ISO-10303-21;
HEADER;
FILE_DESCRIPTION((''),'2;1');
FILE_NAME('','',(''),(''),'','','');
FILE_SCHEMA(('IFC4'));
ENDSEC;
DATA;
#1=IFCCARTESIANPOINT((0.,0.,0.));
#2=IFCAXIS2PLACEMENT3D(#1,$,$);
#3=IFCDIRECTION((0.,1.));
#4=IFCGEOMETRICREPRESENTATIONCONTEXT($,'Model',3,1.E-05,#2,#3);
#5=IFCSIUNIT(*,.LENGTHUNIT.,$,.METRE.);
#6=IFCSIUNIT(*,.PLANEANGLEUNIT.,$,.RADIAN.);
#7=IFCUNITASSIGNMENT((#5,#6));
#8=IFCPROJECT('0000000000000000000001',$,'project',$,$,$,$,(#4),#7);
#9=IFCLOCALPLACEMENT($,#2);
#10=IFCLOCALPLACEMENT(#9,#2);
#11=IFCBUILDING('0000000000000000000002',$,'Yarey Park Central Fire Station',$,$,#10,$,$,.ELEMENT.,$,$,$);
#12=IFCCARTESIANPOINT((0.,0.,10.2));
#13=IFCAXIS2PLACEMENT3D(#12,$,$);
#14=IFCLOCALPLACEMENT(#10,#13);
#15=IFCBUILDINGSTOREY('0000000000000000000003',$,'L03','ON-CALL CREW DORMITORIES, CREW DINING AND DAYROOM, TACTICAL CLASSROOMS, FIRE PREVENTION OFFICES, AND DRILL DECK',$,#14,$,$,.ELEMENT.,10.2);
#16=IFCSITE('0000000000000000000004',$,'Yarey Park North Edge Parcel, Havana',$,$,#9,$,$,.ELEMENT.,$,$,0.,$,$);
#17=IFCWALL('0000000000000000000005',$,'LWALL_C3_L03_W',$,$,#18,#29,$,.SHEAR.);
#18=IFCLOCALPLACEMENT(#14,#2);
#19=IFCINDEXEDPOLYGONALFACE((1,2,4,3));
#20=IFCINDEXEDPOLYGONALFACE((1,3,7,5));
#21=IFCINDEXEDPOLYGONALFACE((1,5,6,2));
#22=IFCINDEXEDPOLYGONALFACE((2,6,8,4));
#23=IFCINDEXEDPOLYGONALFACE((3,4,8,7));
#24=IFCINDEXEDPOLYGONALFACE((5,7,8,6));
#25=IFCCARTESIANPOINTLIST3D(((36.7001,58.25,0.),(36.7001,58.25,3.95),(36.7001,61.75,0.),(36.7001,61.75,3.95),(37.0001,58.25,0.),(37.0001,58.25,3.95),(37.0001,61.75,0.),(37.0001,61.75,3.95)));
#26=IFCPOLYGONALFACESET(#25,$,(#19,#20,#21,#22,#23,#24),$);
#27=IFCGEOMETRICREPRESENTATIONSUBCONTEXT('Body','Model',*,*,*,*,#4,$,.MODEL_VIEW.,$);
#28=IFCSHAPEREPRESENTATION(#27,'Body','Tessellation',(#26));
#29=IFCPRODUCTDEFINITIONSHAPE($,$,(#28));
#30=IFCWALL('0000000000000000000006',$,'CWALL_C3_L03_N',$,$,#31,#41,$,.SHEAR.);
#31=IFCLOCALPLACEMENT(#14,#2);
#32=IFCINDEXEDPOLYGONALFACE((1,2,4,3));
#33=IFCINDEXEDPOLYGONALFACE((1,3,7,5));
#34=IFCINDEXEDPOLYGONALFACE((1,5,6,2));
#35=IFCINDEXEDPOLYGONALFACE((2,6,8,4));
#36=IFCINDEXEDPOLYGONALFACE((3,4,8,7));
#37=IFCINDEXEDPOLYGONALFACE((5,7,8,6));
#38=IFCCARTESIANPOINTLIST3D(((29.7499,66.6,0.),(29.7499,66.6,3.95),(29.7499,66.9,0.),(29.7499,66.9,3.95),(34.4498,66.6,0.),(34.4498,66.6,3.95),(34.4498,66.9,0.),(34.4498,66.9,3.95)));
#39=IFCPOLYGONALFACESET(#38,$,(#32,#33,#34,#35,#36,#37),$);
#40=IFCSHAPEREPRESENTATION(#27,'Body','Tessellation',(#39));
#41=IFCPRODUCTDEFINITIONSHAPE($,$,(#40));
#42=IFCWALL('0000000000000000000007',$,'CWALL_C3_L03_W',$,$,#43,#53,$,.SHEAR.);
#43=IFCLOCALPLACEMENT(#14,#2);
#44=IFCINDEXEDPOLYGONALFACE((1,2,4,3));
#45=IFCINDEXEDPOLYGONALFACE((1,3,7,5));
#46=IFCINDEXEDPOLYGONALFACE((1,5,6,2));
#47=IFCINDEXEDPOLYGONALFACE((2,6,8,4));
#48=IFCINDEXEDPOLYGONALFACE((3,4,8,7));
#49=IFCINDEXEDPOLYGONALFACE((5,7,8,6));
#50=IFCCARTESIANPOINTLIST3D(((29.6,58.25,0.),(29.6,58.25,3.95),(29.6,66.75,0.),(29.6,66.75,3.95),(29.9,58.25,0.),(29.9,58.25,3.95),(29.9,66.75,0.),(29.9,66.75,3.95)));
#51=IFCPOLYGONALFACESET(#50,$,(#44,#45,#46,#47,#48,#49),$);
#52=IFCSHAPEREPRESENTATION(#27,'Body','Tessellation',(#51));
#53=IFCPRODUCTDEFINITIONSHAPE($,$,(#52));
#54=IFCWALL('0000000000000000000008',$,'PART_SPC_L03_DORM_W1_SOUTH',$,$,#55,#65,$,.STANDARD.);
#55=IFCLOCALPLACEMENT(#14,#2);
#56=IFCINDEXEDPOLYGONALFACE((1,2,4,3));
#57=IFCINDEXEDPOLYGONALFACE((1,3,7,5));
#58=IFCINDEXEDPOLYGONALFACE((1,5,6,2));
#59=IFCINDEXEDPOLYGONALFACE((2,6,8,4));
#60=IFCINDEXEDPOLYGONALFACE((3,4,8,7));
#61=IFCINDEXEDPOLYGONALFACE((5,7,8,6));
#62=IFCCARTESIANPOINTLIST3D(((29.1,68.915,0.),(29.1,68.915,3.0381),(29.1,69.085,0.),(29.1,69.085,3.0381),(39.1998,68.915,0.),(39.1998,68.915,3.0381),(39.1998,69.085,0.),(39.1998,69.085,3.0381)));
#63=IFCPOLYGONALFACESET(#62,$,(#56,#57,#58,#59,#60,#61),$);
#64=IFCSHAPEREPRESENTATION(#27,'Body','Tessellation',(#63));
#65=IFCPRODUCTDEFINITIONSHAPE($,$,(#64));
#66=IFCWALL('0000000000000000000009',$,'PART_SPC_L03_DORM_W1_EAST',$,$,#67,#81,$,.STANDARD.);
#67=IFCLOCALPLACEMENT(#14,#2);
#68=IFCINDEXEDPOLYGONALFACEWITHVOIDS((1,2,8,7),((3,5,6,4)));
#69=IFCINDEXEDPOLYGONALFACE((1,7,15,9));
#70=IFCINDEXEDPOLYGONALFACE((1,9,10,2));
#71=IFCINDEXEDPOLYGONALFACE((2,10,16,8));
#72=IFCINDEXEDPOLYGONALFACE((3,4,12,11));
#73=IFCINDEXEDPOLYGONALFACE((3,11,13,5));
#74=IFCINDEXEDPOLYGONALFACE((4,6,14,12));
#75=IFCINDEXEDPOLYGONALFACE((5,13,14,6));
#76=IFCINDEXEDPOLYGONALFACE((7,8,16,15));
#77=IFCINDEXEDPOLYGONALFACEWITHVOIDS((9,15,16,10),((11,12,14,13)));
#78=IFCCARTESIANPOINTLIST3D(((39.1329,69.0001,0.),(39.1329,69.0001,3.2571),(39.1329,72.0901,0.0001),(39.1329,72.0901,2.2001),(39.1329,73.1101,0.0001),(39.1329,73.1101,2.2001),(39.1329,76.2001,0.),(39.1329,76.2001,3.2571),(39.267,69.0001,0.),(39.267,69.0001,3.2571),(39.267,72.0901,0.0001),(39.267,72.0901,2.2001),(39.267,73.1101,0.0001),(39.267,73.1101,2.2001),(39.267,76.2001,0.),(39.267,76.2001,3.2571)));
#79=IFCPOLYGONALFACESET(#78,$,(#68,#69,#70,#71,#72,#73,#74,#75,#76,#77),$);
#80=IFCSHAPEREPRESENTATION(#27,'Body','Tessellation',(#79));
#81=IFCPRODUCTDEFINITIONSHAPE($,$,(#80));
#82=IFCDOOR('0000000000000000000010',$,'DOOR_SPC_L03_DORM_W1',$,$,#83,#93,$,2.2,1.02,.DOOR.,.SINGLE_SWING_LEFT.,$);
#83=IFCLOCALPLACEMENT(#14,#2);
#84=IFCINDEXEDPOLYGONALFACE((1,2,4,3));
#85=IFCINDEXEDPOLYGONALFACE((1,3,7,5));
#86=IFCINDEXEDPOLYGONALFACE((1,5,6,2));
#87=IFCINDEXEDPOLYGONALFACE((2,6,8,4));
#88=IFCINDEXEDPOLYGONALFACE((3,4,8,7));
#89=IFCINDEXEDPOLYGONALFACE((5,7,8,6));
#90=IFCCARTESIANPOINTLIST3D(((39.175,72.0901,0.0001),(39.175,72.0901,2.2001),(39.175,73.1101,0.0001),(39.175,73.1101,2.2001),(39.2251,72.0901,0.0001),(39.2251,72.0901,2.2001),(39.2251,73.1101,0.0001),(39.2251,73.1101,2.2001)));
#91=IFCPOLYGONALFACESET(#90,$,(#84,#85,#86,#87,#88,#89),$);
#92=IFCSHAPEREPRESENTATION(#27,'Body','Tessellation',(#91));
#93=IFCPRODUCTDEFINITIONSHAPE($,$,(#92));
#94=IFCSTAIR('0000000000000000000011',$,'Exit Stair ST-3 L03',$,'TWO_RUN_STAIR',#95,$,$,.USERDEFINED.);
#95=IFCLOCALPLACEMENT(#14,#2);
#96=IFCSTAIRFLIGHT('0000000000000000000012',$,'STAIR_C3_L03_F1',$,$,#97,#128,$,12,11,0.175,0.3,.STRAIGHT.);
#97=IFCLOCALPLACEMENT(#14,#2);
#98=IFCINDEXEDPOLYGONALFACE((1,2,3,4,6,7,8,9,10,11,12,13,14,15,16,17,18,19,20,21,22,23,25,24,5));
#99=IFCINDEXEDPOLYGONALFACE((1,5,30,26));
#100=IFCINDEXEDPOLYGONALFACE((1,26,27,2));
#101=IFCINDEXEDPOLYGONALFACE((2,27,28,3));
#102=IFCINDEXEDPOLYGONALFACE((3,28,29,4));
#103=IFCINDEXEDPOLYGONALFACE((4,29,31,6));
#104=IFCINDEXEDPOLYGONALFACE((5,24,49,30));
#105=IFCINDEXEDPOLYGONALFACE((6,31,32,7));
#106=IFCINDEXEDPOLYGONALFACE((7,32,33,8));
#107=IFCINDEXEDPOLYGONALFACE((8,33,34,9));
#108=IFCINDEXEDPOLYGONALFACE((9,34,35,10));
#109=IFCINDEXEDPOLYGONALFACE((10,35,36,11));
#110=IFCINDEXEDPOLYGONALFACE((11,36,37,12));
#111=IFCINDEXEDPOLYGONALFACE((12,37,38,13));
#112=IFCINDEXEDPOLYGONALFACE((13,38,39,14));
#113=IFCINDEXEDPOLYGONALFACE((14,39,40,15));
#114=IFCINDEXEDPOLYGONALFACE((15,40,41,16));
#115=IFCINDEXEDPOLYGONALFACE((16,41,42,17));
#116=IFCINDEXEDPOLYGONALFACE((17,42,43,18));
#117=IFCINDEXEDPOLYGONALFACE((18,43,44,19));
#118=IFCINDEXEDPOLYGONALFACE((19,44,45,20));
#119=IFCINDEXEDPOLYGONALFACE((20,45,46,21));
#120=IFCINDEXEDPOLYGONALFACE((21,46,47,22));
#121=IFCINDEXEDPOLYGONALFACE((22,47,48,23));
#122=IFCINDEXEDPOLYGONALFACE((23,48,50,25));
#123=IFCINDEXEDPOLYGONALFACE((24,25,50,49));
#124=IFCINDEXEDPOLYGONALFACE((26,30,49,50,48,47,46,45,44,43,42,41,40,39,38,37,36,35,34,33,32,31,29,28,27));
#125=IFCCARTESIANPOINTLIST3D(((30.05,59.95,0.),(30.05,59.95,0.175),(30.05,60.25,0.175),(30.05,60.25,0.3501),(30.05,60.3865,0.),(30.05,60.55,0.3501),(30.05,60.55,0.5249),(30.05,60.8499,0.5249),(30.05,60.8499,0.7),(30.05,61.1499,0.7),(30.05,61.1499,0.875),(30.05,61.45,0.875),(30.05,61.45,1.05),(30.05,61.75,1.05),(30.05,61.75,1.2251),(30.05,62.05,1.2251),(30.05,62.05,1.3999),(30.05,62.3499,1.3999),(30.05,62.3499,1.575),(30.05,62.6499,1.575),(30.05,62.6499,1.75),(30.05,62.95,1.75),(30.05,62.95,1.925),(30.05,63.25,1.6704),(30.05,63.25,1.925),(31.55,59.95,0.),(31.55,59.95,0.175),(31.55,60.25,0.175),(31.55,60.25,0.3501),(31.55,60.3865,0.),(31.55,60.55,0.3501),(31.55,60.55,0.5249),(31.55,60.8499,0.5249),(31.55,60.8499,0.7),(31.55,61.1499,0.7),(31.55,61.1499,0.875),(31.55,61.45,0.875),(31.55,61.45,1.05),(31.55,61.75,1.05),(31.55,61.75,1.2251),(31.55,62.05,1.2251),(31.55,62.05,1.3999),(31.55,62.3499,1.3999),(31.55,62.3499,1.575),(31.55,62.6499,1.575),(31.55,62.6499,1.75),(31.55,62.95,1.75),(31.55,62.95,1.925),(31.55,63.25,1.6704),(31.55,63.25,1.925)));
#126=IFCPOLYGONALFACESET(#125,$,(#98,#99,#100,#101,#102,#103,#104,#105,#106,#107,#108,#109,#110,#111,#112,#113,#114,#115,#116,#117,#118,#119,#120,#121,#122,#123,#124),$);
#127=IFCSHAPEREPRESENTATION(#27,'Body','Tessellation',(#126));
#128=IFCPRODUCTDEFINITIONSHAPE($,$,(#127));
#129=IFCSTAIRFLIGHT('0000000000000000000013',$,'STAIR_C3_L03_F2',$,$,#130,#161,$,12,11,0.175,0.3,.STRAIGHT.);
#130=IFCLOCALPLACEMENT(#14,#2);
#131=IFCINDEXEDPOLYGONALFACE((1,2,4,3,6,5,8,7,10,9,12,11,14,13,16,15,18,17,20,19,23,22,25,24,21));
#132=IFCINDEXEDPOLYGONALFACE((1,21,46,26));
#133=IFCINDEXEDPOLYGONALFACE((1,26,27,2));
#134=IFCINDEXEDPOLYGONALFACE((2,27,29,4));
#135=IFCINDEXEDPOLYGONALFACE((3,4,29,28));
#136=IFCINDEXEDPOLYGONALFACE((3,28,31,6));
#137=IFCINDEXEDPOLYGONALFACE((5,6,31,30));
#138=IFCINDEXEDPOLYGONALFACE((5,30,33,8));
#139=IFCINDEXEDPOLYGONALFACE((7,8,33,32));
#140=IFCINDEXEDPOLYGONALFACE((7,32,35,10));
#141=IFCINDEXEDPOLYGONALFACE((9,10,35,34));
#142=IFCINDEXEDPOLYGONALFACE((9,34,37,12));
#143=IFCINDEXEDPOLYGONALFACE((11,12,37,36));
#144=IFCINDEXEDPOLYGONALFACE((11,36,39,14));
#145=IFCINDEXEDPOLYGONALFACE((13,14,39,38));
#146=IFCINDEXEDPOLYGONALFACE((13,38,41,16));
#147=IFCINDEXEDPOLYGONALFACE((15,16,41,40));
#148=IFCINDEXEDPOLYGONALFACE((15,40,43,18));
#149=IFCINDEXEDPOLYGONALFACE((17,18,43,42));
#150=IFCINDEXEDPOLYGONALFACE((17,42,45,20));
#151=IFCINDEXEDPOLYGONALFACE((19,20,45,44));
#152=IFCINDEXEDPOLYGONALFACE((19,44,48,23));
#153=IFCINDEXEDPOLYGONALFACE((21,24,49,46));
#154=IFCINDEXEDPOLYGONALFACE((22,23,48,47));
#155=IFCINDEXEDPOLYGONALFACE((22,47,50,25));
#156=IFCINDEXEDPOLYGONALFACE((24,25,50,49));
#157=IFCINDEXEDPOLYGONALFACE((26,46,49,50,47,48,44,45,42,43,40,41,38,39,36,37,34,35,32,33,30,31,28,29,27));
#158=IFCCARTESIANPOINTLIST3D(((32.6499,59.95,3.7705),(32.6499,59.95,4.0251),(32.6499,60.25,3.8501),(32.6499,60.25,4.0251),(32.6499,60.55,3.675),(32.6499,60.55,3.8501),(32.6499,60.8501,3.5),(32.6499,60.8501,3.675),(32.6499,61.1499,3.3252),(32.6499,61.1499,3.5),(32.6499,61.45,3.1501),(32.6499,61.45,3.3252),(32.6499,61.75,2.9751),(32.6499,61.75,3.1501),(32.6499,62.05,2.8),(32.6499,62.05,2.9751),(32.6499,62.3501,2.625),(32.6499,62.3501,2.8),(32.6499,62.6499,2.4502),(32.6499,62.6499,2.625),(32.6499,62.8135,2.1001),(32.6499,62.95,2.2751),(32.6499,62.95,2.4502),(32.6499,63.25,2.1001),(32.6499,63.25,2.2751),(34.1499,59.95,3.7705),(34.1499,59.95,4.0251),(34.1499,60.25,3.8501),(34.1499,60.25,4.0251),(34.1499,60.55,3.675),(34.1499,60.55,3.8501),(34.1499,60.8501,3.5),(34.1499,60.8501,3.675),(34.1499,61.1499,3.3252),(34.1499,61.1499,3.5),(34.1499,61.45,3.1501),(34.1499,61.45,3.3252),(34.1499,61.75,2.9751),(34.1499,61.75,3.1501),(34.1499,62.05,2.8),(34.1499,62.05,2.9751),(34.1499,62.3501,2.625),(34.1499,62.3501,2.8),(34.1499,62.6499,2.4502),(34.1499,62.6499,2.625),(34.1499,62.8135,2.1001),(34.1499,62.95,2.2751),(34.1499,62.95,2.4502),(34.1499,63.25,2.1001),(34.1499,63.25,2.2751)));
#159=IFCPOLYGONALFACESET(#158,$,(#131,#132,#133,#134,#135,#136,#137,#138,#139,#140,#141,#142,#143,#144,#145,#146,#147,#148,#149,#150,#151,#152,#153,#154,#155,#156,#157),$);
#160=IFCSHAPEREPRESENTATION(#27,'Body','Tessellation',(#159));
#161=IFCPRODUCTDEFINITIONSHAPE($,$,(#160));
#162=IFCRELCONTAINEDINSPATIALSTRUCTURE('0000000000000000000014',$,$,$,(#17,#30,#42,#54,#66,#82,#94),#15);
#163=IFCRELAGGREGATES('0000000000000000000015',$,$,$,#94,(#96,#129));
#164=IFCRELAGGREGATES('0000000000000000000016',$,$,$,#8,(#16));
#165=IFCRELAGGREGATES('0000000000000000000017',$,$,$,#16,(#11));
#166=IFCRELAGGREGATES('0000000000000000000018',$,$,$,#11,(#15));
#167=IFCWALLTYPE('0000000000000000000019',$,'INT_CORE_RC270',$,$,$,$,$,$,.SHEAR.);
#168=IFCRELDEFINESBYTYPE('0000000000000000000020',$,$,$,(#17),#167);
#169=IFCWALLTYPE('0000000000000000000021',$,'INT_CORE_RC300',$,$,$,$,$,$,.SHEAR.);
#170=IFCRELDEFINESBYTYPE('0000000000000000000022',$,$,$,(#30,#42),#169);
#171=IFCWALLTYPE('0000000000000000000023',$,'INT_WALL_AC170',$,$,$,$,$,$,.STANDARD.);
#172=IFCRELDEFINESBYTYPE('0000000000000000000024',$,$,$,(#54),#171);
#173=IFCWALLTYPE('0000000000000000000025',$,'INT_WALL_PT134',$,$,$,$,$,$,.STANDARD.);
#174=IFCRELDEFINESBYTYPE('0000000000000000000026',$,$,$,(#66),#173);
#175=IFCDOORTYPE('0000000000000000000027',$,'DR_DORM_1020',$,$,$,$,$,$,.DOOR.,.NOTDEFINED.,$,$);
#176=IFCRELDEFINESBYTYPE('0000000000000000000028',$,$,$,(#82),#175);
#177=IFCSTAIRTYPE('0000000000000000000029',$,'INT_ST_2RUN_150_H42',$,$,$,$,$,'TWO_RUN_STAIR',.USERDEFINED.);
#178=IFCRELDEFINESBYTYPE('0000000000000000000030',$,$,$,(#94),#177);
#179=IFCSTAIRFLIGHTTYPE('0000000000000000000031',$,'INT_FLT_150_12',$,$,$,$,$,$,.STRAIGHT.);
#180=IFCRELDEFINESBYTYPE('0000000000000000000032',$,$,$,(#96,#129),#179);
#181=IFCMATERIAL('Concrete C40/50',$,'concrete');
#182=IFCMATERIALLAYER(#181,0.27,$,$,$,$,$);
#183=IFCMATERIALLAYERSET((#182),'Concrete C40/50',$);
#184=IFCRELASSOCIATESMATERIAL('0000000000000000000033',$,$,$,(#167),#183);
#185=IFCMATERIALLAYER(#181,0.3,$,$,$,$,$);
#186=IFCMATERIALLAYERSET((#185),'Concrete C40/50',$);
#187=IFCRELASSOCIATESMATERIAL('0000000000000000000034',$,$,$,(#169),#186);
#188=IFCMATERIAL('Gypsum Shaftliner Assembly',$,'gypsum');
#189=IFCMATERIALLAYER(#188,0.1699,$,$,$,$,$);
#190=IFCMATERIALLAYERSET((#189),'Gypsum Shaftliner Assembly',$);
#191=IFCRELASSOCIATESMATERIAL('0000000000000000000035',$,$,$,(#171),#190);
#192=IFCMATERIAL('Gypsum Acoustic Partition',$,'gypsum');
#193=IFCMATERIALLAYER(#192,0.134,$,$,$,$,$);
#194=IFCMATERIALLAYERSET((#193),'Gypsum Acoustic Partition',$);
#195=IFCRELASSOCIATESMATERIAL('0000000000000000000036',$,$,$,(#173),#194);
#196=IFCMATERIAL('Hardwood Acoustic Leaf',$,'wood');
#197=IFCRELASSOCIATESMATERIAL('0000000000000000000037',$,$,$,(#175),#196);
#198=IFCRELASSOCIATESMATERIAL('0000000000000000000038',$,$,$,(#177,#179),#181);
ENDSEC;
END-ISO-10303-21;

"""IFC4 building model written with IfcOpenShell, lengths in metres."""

from ifc_helpers import new_model, si_unit, direction, frame, frame_2d, origin, place, context, subcontext, project, spatial, polyline, rectangle, outline, extrude, material, layer, layer_set, type_object, element, fill, aggregate, save


model = new_model("IFC4")

# Units and contexts
model_context = context("Model", 3, precision=1e-05, world=origin(), true_north=direction((0.0, 1.0)))
body_context = subcontext(model_context, "Body", "Model", "MODEL_VIEW")
ifc_project = project(units=[si_unit("LENGTHUNIT", "METRE"), si_unit("PLANEANGLEUNIT", "RADIAN")], contexts=[model_context])

# Site, building, storey
site_placement = place(None, origin())
site = spatial("IfcSite", under=ifc_project, at=site_placement, Name="Yarey Park North Edge Parcel, Havana", CompositionType="ELEMENT", RefElevation=0.0)
building_placement = place(site_placement, origin())
building = spatial("IfcBuilding", under=site, at=building_placement, Name="Yarey Park Central Fire Station", CompositionType="ELEMENT")
storey_placement = place(building_placement, frame((0.0, 0.0, 10.2)))
storey = spatial("IfcBuildingStorey", under=building, at=storey_placement, Name="L03", Description="ON-CALL CREW DORMITORIES, CREW DINING AND DAYROOM, TACTICAL CLASSROOMS, FIRE PREVENTION OFFICES, AND DRILL DECK", CompositionType="ELEMENT", Elevation=10.2)

# Walls
ifc_material_1 = material(Name="Concrete C40/50", Category="concrete")
ifc_layer_1 = layer(ifc_material_1, 0.27)
ifc_layer_set_1 = layer_set([ifc_layer_1], Name="Concrete C40/50")
wall_type_1 = type_object("IfcWallType", Name="INT_CORE_RC270", PredefinedType="SHEAR", material=ifc_layer_set_1)
wall_1_placement = place(storey_placement, frame((36.8501, 61.75, 0.0), z_axis=(0.0, 0.0, 1.0), x_axis=(0.0, -1.0, 0.0)))
element("IfcWall", 1, at=wall_1_placement, inside=storey, type_object=wall_type_1, Name="LWALL_C3_L03_W", PredefinedType="SHEAR", context=body_context, shape_type="SweptSolid", body=[
    extrude(rectangle(XDim=3.5, YDim=0.3, at=frame_2d((1.75, 0.0))), origin(), (0.0, 0.0, 1.0), 3.95),
])
ifc_layer_2 = layer(ifc_material_1, 0.3)
ifc_layer_set_2 = layer_set([ifc_layer_2], Name="Concrete C40/50")
wall_type_2 = type_object("IfcWallType", Name="INT_CORE_RC300", PredefinedType="SHEAR", material=ifc_layer_set_2)
wall_2_placement = place(storey_placement, frame((34.45, 66.75, 0.0), z_axis=(0.0, 0.0, 1.0), x_axis=(-1.0, 0.0, 0.0)))
element("IfcWall", 2, at=wall_2_placement, inside=storey, type_object=wall_type_2, Name="CWALL_C3_L03_N", PredefinedType="SHEAR", context=body_context, shape_type="SweptSolid", body=[
    extrude(rectangle(XDim=4.7, YDim=0.3, at=frame_2d((2.3501, 0.0))), origin(), (0.0, 0.0, 1.0), 3.95),
])
wall_3_placement = place(storey_placement, frame((29.75, 66.75, 0.0), z_axis=(0.0, 0.0, 1.0), x_axis=(0.0, -1.0, 0.0)))
element("IfcWall", 3, at=wall_3_placement, inside=storey, type_object=wall_type_2, Name="CWALL_C3_L03_W", PredefinedType="SHEAR", context=body_context, shape_type="SweptSolid", body=[
    extrude(rectangle(XDim=8.5, YDim=0.3, at=frame_2d((4.25, 0.0))), origin(), (0.0, 0.0, 1.0), 3.95),
])
ifc_material_2 = material(Name="Gypsum Shaftliner Assembly", Category="gypsum")
ifc_layer_3 = layer(ifc_material_2, 0.1699)
ifc_layer_set_3 = layer_set([ifc_layer_3], Name="Gypsum Shaftliner Assembly")
wall_type_3 = type_object("IfcWallType", Name="INT_WALL_AC170", PredefinedType="STANDARD", material=ifc_layer_set_3)
wall_4_placement = place(storey_placement, frame((29.1001, 69.0, 0.0), z_axis=(0.0, 0.0, 1.0), x_axis=(1.0, 0.0, 0.0)))
element("IfcWall", 4, at=wall_4_placement, inside=storey, type_object=wall_type_3, Name="PART_SPC_L03_DORM_W1_SOUTH", PredefinedType="STANDARD", context=body_context, shape_type="SweptSolid", body=[
    extrude(rectangle(XDim=10.0999, YDim=0.1699, at=frame_2d((5.0498, 0.0))), origin(), (0.0, 0.0, 1.0), 3.0381),
])

# Wall, opening, door
ifc_material_3 = material(Name="Gypsum Acoustic Partition", Category="gypsum")
ifc_layer_4 = layer(ifc_material_3, 0.134)
ifc_layer_set_4 = layer_set([ifc_layer_4], Name="Gypsum Acoustic Partition")
wall_type_4 = type_object("IfcWallType", Name="INT_WALL_PT134", PredefinedType="STANDARD", material=ifc_layer_set_4)
wall_5_placement = place(storey_placement, frame((39.2, 69.0, 0.0), z_axis=(0.0, 0.0, 1.0), x_axis=(0.0, 1.0, 0.0)))
wall_5 = element("IfcWall", 5, at=wall_5_placement, inside=storey, type_object=wall_type_4, Name="PART_SPC_L03_DORM_W1_EAST", PredefinedType="STANDARD", context=body_context, shape_type="SweptSolid", body=[
    extrude(rectangle(XDim=7.2, YDim=0.134, at=frame_2d((3.6001, 0.0))), origin(), (0.0, 0.0, 1.0), 3.2571),
])
opening_placement = place(wall_5_placement, frame((3.0901, 0.0, 0.0)))
opening = element("IfcOpeningElement", 6, at=opening_placement, cuts=wall_5, PredefinedType="OPENING", context=body_context, shape_type="SweptSolid", body=[
    extrude(rectangle(XDim=1.02, YDim=2.2, at=frame_2d((0.51, 1.1001))), frame((0.0, 0.0769, 0.0), z_axis=(0.0, -1.0, 0.0), x_axis=(1.0, 0.0, 0.0)), (0.0, 0.0, 1.0), 0.1541),
])
ifc_material_4 = material(Name="Hardwood Acoustic Leaf", Category="wood")
door_type = type_object("IfcDoorType", Name="DR_DORM_1020", OperationType="NOTDEFINED", PredefinedType="DOOR", material=ifc_material_4)
door_placement = place(opening_placement, origin())
door = element("IfcDoor", 7, at=door_placement, inside=storey, type_object=door_type, Name="DOOR_SPC_L03_DORM_W1", OperationType="SINGLE_SWING_LEFT", OverallHeight=2.2, OverallWidth=1.02, PredefinedType="DOOR", context=body_context, shape_type="SweptSolid", body=[
    extrude(rectangle(XDim=1.02, YDim=2.2, at=frame_2d((0.51, 1.1001))), frame((0.0, 0.0249, 0.0), z_axis=(0.0, -1.0, 0.0), x_axis=(1.0, 0.0, 0.0)), (0.0, 0.0, 1.0), 0.05),
])
fill(opening, door)

# Stair, stair flights
stair_type = type_object("IfcStairType", Name="INT_ST_2RUN_150_H42", ElementType="TWO_RUN_STAIR", PredefinedType="USERDEFINED", material=ifc_material_1)
stair_placement = place(storey_placement, origin())
stair = element("IfcStair", 8, at=stair_placement, inside=storey, type_object=stair_type, Name="Exit Stair ST-3 L03", ObjectType="TWO_RUN_STAIR", PredefinedType="USERDEFINED")
stair_flight_type = type_object("IfcStairFlightType", Name="INT_FLT_150_12", PredefinedType="STRAIGHT", material=ifc_material_1)
stair_flight_1_placement = place(storey_placement, frame((30.8, 59.95, 0.0), z_axis=(0.0, 0.0, 1.0), x_axis=(0.0, 1.0, 0.0)))
stair_flight_1 = element("IfcStairFlight", 9, at=stair_flight_1_placement, type_object=stair_flight_type, Name="STAIR_C3_L03_F1", NumberOfRisers=12, NumberOfTreads=11, PredefinedType="STRAIGHT", RiserHeight=0.175, TreadLength=0.3, context=body_context, shape_type="SweptSolid", body=[
    extrude(outline(polyline([(0.0, 0.0), (0.0, 0.175), (0.3, 0.175), (0.3, 0.3501), (0.6001, 0.3501), (0.6001, 0.5249), (0.8999, 0.5249), (0.8999, 0.7), (1.2, 0.7), (1.2, 0.875), (1.5, 0.875), (1.5, 1.05), (1.8, 1.05), (1.8, 1.2251), (2.1001, 1.2251), (2.1001, 1.3999), (2.3999, 1.3999), (2.3999, 1.575), (2.7, 1.575), (2.7, 1.75), (3.0, 1.75), (3.0, 1.925), (3.3, 1.925), (3.3, 2.1001), (3.3, 1.6704), (0.4365, 0.0), (0.0, 0.0)])), frame((0.0, 0.75, 0.0), z_axis=(0.0, -1.0, 0.0), x_axis=(1.0, 0.0, 0.0)), (0.0, 0.0, 1.0), 1.5),
])
stair_flight_2_placement = place(storey_placement, frame((33.3999, 63.25, 2.1001), z_axis=(0.0, 0.0, 1.0), x_axis=(0.0, -1.0, 0.0)))
stair_flight_2 = element("IfcStairFlight", 10, at=stair_flight_2_placement, type_object=stair_flight_type, Name="STAIR_C3_L03_F2", NumberOfRisers=12, NumberOfTreads=11, PredefinedType="STRAIGHT", RiserHeight=0.175, TreadLength=0.3, context=body_context, shape_type="SweptSolid", body=[
    extrude(outline(polyline([(0.0, 0.0), (0.0, 0.175), (0.3, 0.175), (0.3, 0.3501), (0.6001, 0.3501), (0.6001, 0.5249), (0.8999, 0.5249), (0.8999, 0.7), (1.2, 0.7), (1.2, 0.875), (1.5, 0.875), (1.5, 1.05), (1.8, 1.05), (1.8, 1.2251), (2.1001, 1.2251), (2.1001, 1.3999), (2.3999, 1.3999), (2.3999, 1.575), (2.7, 1.575), (2.7, 1.75), (3.0, 1.75), (3.0, 1.925), (3.3, 1.925), (3.3, 2.1001), (3.3, 1.6704), (0.4365, 0.0), (0.0, 0.0)])), frame((0.0, 0.75, 0.0), z_axis=(0.0, -1.0, 0.0), x_axis=(1.0, 0.0, 0.0)), (0.0, 0.0, 1.0), 1.5),
])
aggregate(stair, [stair_flight_1, stair_flight_2])

save(model, "model.ifc")
